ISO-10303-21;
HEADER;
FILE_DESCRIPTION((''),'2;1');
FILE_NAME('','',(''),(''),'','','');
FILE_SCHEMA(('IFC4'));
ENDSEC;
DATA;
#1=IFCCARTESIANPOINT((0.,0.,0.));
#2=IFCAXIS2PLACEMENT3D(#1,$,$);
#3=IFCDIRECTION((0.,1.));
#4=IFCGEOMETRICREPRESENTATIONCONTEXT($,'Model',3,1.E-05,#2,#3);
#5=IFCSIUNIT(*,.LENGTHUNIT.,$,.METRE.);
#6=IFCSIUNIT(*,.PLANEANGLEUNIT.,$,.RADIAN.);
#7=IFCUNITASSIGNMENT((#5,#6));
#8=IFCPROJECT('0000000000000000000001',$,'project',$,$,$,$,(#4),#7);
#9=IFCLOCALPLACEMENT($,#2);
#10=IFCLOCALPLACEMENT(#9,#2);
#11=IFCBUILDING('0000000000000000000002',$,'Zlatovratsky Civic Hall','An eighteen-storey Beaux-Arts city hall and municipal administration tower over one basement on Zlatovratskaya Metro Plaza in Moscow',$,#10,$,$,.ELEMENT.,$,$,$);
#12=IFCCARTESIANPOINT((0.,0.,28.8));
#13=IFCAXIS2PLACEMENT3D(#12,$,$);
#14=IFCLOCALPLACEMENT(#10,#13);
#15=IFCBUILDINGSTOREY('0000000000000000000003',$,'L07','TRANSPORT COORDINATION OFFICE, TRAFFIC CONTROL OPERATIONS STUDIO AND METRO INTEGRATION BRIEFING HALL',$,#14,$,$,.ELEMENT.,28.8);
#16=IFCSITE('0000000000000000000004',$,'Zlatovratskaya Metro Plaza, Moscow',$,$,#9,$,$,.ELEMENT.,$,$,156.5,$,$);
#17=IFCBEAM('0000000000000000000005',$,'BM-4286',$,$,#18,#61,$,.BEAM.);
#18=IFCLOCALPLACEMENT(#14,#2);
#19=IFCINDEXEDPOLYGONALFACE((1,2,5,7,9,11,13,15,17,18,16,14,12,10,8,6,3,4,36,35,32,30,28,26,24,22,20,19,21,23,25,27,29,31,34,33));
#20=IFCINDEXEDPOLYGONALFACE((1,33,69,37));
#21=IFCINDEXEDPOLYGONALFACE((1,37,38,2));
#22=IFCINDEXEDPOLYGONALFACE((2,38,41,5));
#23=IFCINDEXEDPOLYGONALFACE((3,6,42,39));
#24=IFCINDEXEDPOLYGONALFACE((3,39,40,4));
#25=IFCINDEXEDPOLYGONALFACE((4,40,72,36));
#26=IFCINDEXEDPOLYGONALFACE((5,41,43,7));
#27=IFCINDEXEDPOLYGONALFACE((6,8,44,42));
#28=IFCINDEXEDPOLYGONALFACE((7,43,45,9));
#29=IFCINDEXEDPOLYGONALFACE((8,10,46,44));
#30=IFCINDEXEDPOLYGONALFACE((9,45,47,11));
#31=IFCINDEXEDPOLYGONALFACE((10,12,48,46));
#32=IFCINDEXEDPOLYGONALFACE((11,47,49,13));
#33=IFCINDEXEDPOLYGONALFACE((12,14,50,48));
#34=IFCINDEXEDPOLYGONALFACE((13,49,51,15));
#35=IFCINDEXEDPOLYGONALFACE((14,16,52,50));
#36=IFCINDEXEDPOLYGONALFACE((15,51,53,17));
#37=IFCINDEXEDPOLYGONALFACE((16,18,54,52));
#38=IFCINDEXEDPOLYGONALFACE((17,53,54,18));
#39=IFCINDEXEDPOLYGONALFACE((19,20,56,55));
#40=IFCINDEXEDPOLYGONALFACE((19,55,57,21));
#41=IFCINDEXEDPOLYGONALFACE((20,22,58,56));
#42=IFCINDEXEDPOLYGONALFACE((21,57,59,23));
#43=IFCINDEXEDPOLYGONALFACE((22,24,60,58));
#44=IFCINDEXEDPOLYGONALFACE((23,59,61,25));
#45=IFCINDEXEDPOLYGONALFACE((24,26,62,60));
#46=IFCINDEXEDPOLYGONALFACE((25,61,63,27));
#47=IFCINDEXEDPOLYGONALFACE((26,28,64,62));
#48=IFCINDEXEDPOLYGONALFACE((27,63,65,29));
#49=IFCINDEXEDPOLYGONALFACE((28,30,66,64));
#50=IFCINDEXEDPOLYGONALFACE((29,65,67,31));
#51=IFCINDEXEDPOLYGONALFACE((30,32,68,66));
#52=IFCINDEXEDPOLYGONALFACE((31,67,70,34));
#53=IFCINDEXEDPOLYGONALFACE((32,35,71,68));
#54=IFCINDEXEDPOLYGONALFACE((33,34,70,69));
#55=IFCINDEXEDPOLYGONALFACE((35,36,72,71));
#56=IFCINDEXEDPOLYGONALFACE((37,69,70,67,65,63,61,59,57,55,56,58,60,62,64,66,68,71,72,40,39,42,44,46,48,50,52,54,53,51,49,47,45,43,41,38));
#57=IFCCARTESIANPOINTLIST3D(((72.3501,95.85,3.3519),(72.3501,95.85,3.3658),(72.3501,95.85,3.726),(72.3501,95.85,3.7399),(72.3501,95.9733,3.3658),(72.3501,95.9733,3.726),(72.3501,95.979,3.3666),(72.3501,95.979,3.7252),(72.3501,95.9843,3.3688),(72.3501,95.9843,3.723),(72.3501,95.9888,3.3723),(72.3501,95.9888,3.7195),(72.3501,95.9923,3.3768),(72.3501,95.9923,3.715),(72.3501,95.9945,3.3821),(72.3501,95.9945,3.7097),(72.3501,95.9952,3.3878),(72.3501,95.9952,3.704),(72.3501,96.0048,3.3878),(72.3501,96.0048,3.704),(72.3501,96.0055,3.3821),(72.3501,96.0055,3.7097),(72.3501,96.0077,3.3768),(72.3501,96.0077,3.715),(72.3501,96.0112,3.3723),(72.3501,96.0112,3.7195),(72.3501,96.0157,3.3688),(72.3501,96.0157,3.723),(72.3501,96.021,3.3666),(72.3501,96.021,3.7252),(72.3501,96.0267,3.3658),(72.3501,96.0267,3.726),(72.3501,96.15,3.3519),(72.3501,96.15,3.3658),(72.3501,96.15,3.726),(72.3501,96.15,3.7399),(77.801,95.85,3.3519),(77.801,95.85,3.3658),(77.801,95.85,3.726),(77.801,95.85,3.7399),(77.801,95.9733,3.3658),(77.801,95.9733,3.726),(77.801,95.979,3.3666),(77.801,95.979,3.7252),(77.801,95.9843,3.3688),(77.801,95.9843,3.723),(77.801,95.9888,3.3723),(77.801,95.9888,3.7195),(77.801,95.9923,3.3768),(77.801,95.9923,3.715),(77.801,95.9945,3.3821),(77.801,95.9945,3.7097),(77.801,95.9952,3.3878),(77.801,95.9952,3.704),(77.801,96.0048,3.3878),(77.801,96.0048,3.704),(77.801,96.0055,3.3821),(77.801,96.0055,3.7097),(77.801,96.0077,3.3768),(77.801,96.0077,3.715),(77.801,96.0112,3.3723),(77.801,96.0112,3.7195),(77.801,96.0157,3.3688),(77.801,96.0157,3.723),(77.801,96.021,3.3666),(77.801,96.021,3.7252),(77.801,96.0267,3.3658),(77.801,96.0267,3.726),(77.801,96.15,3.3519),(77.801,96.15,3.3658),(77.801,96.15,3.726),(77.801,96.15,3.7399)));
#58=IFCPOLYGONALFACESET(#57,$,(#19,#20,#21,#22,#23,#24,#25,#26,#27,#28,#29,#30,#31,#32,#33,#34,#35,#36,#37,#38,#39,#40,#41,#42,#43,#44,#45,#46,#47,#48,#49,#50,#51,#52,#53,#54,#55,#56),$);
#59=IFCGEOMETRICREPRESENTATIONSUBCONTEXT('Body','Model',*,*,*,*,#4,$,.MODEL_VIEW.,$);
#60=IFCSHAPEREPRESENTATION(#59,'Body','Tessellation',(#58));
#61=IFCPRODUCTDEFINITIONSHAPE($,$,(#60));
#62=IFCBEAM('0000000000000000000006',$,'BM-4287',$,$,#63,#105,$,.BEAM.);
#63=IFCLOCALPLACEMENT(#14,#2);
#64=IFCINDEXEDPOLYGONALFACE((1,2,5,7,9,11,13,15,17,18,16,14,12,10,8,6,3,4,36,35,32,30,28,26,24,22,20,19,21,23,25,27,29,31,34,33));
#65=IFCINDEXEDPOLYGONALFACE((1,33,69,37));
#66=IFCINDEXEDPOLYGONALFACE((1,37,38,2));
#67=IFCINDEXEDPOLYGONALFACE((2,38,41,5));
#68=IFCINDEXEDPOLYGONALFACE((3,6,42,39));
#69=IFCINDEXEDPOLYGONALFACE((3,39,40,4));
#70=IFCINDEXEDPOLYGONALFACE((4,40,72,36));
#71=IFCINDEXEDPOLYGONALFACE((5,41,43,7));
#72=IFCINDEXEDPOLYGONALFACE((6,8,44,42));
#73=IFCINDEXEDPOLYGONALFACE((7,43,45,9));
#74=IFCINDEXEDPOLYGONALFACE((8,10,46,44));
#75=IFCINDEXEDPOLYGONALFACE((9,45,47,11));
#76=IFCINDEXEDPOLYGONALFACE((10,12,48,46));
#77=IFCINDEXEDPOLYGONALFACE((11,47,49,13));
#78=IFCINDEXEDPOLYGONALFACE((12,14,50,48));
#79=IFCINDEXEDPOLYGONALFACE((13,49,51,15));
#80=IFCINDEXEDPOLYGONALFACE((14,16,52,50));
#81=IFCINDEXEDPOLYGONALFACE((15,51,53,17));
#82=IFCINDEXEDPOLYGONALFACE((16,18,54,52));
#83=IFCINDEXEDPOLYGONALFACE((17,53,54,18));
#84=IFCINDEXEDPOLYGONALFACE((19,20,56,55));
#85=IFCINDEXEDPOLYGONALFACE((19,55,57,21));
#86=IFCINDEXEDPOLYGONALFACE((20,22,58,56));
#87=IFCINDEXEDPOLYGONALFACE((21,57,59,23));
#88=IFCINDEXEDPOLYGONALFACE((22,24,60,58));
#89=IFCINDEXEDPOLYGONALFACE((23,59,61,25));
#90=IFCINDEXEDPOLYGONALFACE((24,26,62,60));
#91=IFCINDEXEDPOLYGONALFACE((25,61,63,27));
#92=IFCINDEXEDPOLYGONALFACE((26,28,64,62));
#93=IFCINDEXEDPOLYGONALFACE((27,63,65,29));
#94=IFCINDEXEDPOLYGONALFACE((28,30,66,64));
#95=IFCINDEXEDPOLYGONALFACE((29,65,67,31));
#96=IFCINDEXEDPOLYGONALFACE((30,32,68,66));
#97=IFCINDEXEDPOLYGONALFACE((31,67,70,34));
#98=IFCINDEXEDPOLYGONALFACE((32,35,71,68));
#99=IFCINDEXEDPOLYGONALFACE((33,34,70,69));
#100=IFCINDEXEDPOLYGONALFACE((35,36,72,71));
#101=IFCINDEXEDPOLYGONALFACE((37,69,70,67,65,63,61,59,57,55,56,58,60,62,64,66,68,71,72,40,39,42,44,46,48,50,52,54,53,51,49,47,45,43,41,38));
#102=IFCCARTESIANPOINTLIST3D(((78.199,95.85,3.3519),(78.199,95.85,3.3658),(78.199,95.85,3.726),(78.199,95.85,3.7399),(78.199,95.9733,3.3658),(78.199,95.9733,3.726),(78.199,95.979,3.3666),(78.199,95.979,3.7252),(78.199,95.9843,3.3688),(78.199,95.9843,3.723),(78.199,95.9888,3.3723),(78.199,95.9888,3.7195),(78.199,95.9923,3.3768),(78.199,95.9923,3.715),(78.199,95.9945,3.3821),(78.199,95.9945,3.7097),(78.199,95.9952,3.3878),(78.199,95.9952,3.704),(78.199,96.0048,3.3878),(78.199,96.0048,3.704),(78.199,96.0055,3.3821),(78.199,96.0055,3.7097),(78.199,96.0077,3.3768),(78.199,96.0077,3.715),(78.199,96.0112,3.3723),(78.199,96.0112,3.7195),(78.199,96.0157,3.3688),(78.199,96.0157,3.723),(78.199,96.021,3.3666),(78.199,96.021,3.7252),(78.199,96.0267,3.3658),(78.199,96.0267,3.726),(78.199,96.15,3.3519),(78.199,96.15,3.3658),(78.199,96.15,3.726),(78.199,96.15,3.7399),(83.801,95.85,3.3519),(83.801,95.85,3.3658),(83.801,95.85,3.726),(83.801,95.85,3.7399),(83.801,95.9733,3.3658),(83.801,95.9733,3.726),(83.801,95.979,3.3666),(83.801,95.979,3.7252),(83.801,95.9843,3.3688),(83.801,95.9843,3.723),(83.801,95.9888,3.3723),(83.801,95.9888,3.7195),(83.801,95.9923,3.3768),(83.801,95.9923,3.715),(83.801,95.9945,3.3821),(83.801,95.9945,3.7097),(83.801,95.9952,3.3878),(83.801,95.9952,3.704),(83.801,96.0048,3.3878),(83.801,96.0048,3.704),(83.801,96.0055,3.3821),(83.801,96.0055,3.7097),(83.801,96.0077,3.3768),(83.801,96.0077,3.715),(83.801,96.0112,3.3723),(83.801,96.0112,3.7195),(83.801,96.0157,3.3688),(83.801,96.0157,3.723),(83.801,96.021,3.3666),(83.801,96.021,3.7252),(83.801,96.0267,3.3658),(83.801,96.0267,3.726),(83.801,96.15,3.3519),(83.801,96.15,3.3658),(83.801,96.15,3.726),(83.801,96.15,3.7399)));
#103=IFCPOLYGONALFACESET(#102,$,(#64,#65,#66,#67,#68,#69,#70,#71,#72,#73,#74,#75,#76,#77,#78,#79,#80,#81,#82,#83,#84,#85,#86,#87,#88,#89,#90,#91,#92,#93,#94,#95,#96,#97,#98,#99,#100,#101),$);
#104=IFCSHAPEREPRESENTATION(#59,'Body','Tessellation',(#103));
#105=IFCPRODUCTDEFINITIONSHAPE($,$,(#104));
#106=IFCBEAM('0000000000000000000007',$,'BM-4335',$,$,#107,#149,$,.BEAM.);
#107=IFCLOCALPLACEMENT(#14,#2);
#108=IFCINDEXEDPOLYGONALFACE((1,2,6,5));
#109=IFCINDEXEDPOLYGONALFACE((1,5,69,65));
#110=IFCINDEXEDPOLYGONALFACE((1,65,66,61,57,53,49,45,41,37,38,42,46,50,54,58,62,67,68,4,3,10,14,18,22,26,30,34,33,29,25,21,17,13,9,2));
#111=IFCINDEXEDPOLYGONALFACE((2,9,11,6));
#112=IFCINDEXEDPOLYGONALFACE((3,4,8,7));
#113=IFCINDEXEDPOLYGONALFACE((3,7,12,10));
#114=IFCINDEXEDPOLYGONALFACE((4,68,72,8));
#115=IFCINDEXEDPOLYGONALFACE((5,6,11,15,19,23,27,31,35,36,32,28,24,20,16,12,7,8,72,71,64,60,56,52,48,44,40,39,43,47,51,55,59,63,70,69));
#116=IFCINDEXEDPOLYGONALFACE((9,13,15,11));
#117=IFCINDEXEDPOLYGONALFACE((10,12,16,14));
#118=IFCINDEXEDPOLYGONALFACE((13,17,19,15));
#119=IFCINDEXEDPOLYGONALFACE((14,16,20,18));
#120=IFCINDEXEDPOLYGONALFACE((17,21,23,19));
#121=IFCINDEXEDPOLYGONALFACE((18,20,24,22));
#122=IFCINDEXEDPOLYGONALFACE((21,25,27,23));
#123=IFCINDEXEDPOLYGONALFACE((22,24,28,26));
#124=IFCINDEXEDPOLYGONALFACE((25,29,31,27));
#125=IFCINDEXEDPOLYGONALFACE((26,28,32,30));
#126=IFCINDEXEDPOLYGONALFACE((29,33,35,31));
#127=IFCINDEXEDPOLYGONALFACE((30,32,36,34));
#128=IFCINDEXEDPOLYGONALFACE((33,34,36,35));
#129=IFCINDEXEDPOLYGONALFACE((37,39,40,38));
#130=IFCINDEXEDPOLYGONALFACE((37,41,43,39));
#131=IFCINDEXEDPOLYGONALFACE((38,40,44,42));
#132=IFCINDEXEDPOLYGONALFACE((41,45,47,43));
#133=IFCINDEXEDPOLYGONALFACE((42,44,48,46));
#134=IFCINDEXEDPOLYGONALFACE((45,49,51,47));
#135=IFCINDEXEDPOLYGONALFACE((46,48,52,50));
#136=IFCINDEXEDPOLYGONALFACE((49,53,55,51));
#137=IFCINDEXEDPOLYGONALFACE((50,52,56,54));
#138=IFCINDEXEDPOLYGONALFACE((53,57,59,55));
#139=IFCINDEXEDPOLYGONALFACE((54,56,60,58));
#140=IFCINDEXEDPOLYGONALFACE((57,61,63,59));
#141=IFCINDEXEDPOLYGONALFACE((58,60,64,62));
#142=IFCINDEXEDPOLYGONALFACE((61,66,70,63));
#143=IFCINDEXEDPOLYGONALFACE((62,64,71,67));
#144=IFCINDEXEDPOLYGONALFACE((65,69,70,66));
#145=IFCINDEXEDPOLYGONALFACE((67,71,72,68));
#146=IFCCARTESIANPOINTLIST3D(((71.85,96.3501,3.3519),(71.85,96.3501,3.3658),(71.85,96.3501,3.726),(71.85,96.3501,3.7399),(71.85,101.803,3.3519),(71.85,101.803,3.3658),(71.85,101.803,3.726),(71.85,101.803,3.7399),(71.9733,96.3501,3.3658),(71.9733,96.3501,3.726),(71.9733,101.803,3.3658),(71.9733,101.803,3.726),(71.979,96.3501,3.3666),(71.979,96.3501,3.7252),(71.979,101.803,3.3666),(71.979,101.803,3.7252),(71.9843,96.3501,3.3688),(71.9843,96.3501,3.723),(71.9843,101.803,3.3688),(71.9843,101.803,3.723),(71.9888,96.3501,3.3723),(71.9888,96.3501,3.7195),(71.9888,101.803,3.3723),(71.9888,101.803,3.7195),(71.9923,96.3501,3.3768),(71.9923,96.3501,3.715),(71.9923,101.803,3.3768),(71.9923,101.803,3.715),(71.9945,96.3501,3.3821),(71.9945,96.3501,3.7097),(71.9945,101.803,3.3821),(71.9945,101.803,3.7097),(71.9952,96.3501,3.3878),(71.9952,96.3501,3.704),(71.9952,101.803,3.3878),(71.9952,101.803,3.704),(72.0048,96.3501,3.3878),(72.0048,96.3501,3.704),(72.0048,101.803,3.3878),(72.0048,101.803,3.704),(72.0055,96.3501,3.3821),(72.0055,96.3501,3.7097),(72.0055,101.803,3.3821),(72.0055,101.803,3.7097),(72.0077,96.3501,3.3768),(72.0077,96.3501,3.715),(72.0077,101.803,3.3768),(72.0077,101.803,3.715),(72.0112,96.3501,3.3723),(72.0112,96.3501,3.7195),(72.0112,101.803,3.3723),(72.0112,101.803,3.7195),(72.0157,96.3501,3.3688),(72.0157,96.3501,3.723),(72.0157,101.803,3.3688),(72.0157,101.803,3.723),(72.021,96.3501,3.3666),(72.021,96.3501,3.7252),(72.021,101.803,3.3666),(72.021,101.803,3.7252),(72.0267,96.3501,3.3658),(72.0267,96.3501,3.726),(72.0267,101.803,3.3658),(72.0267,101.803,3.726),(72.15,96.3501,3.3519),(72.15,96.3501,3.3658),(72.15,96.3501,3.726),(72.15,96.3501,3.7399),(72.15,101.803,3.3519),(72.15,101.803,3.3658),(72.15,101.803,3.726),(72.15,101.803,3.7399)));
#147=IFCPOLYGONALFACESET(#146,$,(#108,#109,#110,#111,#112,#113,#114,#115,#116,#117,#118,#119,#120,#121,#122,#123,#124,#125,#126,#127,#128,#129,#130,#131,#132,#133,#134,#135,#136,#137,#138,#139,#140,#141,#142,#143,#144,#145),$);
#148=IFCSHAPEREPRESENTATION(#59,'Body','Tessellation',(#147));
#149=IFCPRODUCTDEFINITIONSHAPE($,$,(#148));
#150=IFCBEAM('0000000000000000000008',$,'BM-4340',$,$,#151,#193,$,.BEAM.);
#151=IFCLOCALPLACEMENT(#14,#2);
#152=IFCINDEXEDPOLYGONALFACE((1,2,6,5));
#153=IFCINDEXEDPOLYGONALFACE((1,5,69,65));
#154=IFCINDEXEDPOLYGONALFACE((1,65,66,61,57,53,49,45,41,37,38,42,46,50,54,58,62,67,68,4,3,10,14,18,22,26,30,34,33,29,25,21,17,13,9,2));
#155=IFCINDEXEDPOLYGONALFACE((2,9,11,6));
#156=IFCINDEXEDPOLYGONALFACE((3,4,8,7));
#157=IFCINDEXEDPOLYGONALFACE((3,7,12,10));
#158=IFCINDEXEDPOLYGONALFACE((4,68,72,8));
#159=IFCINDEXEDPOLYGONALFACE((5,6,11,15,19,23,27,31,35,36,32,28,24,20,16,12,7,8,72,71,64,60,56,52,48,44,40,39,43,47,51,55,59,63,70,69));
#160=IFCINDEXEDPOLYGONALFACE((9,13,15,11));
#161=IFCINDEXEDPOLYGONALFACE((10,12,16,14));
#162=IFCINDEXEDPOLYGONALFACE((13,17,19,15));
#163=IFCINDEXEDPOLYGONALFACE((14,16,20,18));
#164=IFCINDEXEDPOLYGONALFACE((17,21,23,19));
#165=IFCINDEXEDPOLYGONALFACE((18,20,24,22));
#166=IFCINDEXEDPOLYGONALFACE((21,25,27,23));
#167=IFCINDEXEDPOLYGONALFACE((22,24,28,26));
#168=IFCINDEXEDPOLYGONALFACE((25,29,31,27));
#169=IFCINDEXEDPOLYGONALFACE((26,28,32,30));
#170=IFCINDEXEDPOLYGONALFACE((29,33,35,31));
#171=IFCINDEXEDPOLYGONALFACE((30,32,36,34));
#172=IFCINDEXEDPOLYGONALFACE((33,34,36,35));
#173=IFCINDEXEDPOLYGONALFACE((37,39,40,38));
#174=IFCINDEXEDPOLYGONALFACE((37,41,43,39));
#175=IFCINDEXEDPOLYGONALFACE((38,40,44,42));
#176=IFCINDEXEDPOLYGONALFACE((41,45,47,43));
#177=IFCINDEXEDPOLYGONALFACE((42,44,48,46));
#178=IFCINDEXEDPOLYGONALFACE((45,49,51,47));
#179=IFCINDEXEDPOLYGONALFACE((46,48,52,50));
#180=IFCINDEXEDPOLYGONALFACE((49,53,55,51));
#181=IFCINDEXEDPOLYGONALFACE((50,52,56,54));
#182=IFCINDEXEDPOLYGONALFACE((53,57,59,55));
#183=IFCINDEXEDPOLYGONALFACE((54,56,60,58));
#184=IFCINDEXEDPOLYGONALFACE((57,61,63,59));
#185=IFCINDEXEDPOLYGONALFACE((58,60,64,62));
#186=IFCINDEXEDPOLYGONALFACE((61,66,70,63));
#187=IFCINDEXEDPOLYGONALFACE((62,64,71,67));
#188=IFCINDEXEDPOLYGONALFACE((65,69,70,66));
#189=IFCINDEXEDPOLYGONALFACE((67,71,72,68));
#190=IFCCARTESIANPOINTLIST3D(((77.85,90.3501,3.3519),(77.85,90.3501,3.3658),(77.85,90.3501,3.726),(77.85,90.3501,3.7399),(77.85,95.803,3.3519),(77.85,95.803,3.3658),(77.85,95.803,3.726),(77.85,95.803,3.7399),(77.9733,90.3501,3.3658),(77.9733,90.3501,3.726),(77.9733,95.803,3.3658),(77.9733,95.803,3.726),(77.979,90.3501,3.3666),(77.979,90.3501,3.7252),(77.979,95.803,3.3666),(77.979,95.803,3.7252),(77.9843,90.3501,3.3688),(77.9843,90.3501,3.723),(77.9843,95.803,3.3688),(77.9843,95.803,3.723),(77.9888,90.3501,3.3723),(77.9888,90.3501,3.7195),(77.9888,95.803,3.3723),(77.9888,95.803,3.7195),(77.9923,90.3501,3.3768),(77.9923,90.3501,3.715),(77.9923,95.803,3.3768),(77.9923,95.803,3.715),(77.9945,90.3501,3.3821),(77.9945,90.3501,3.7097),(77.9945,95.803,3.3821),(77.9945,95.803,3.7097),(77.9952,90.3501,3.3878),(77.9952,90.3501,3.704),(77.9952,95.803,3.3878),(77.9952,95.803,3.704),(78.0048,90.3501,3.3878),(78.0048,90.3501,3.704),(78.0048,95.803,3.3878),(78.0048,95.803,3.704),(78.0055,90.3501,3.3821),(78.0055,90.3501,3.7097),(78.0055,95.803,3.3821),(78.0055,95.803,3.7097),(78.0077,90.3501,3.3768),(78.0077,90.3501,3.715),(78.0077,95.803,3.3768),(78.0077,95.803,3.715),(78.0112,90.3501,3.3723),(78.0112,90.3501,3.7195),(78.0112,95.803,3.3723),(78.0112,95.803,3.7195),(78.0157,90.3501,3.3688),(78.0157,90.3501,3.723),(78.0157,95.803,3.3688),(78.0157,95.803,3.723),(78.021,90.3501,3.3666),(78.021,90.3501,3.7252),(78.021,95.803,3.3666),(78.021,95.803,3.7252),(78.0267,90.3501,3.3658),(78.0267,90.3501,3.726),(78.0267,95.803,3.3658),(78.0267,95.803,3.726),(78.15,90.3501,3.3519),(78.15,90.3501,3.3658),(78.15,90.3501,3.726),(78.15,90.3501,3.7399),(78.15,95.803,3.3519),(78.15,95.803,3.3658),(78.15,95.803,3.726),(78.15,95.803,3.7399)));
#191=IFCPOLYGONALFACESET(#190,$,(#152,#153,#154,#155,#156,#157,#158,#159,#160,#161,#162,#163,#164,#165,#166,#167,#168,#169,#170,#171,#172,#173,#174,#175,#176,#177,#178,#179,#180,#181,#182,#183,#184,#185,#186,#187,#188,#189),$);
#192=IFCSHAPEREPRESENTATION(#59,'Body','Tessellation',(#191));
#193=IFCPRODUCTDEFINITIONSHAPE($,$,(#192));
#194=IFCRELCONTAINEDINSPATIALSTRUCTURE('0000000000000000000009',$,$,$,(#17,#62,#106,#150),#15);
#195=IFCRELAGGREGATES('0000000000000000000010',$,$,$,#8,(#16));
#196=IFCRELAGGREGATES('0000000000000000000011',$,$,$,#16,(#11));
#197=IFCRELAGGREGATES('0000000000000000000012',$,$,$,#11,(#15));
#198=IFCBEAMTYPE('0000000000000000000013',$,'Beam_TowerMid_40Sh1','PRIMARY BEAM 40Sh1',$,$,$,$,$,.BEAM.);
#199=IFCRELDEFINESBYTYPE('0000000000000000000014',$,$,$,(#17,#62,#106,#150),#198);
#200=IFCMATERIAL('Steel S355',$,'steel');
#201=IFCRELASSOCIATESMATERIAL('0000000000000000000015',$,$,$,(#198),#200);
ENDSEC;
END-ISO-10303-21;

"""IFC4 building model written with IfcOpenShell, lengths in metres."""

from ifc_helpers import new_model, si_unit, direction, frame, origin, origin_2d, place, context, subcontext, project, spatial, i_section, extrude, material, material_profile, profile_set, type_object, element, save


model = new_model("IFC4")

# Units and contexts
model_context = context("Model", 3, precision=1e-05, world=origin(), true_north=direction((0.0, 1.0)))
body_context = subcontext(model_context, "Body", "Model", "MODEL_VIEW")
ifc_project = project(units=[si_unit("LENGTHUNIT", "METRE"), si_unit("PLANEANGLEUNIT", "RADIAN")], contexts=[model_context])

# Site, building, storey
site_placement = place(None, origin())
site = spatial("IfcSite", under=ifc_project, at=site_placement, Name="Zlatovratskaya Metro Plaza, Moscow", CompositionType="ELEMENT", RefElevation=156.5)
building_placement = place(site_placement, origin())
building = spatial("IfcBuilding", under=site, at=building_placement, Name="Zlatovratsky Civic Hall", Description="An eighteen-storey Beaux-Arts city hall and municipal administration tower over one basement on Zlatovratskaya Metro Plaza in Moscow", CompositionType="ELEMENT")
storey_placement = place(building_placement, frame((0.0, 0.0, 28.8)))
storey = spatial("IfcBuildingStorey", under=building, at=storey_placement, Name="L07", Description="TRANSPORT COORDINATION OFFICE, TRAFFIC CONTROL OPERATIONS STUDIO AND METRO INTEGRATION BRIEFING HALL", CompositionType="ELEMENT", Elevation=28.8)

# Shared definitions
ifc_material_1 = material(Name="Steel S355", Category="steel")

# Beams
ifc_material_profile_1 = material_profile(ifc_material_1, i_section(OverallWidth=0.3, OverallDepth=0.3879, WebThickness=0.0095, FlangeThickness=0.0139, FilletRadius=0.022, at=origin_2d()), Name="40Sh1")
ifc_profile_set_1 = profile_set([ifc_material_profile_1], Name="Steel S355")
beam_type_1 = type_object("IfcBeamType", Name="Beam_TowerMid_40Sh1", Description="PRIMARY BEAM 40Sh1", PredefinedType="BEAM", material=ifc_profile_set_1)
beam_1_placement = place(storey_placement, frame((72.3501, 96.0, 3.5459), z_axis=(1.0, 0.0, 0.0), x_axis=(0.0, 1.0, 0.0)))
element("IfcBeam", 1, at=beam_1_placement, inside=storey, type_object=beam_type_1, Name="BM-4286", PredefinedType="BEAM", context=body_context, shape_type="SweptSolid", body=[
    extrude(i_section(OverallWidth=0.3, OverallDepth=0.3879, WebThickness=0.0095, FlangeThickness=0.0139, FilletRadius=0.022, at=origin_2d()), origin(), (0.0, 0.0, 1.0), 5.4509),
])
beam_2_placement = place(storey_placement, frame((78.199, 96.0, 3.5459), z_axis=(1.0, 0.0, 0.0), x_axis=(0.0, 1.0, 0.0)))
element("IfcBeam", 2, at=beam_2_placement, inside=storey, type_object=beam_type_1, Name="BM-4287", PredefinedType="BEAM", context=body_context, shape_type="SweptSolid", body=[
    extrude(i_section(OverallWidth=0.3, OverallDepth=0.3879, WebThickness=0.0095, FlangeThickness=0.0139, FilletRadius=0.022, at=origin_2d()), origin(), (0.0, 0.0, 1.0), 5.6021),
])
for number, where, z_axis, x_axis, name in (
    (3, (72.0, 96.3501, 3.5459), (0.0, 1.0, 0.0), (-1.0, 0.0, 0.0), "BM-4335"),
    (4, (78.0, 90.3501, 3.5459), (0.0, 1.0, 0.0), (-1.0, 0.0, 0.0), "BM-4340"),
):
    element("IfcBeam", number, at=place(storey_placement, frame(where, z_axis=z_axis, x_axis=x_axis)), inside=storey, type_object=beam_type_1, Name=name, PredefinedType="BEAM", context=body_context, shape_type="SweptSolid", body=[
        extrude(i_section(OverallWidth=0.3, OverallDepth=0.3879, WebThickness=0.0095, FlangeThickness=0.0139, FilletRadius=0.022, at=origin_2d()), origin(), (0.0, 0.0, 1.0), 5.4529),
    ])

save(model, "model.ifc")
